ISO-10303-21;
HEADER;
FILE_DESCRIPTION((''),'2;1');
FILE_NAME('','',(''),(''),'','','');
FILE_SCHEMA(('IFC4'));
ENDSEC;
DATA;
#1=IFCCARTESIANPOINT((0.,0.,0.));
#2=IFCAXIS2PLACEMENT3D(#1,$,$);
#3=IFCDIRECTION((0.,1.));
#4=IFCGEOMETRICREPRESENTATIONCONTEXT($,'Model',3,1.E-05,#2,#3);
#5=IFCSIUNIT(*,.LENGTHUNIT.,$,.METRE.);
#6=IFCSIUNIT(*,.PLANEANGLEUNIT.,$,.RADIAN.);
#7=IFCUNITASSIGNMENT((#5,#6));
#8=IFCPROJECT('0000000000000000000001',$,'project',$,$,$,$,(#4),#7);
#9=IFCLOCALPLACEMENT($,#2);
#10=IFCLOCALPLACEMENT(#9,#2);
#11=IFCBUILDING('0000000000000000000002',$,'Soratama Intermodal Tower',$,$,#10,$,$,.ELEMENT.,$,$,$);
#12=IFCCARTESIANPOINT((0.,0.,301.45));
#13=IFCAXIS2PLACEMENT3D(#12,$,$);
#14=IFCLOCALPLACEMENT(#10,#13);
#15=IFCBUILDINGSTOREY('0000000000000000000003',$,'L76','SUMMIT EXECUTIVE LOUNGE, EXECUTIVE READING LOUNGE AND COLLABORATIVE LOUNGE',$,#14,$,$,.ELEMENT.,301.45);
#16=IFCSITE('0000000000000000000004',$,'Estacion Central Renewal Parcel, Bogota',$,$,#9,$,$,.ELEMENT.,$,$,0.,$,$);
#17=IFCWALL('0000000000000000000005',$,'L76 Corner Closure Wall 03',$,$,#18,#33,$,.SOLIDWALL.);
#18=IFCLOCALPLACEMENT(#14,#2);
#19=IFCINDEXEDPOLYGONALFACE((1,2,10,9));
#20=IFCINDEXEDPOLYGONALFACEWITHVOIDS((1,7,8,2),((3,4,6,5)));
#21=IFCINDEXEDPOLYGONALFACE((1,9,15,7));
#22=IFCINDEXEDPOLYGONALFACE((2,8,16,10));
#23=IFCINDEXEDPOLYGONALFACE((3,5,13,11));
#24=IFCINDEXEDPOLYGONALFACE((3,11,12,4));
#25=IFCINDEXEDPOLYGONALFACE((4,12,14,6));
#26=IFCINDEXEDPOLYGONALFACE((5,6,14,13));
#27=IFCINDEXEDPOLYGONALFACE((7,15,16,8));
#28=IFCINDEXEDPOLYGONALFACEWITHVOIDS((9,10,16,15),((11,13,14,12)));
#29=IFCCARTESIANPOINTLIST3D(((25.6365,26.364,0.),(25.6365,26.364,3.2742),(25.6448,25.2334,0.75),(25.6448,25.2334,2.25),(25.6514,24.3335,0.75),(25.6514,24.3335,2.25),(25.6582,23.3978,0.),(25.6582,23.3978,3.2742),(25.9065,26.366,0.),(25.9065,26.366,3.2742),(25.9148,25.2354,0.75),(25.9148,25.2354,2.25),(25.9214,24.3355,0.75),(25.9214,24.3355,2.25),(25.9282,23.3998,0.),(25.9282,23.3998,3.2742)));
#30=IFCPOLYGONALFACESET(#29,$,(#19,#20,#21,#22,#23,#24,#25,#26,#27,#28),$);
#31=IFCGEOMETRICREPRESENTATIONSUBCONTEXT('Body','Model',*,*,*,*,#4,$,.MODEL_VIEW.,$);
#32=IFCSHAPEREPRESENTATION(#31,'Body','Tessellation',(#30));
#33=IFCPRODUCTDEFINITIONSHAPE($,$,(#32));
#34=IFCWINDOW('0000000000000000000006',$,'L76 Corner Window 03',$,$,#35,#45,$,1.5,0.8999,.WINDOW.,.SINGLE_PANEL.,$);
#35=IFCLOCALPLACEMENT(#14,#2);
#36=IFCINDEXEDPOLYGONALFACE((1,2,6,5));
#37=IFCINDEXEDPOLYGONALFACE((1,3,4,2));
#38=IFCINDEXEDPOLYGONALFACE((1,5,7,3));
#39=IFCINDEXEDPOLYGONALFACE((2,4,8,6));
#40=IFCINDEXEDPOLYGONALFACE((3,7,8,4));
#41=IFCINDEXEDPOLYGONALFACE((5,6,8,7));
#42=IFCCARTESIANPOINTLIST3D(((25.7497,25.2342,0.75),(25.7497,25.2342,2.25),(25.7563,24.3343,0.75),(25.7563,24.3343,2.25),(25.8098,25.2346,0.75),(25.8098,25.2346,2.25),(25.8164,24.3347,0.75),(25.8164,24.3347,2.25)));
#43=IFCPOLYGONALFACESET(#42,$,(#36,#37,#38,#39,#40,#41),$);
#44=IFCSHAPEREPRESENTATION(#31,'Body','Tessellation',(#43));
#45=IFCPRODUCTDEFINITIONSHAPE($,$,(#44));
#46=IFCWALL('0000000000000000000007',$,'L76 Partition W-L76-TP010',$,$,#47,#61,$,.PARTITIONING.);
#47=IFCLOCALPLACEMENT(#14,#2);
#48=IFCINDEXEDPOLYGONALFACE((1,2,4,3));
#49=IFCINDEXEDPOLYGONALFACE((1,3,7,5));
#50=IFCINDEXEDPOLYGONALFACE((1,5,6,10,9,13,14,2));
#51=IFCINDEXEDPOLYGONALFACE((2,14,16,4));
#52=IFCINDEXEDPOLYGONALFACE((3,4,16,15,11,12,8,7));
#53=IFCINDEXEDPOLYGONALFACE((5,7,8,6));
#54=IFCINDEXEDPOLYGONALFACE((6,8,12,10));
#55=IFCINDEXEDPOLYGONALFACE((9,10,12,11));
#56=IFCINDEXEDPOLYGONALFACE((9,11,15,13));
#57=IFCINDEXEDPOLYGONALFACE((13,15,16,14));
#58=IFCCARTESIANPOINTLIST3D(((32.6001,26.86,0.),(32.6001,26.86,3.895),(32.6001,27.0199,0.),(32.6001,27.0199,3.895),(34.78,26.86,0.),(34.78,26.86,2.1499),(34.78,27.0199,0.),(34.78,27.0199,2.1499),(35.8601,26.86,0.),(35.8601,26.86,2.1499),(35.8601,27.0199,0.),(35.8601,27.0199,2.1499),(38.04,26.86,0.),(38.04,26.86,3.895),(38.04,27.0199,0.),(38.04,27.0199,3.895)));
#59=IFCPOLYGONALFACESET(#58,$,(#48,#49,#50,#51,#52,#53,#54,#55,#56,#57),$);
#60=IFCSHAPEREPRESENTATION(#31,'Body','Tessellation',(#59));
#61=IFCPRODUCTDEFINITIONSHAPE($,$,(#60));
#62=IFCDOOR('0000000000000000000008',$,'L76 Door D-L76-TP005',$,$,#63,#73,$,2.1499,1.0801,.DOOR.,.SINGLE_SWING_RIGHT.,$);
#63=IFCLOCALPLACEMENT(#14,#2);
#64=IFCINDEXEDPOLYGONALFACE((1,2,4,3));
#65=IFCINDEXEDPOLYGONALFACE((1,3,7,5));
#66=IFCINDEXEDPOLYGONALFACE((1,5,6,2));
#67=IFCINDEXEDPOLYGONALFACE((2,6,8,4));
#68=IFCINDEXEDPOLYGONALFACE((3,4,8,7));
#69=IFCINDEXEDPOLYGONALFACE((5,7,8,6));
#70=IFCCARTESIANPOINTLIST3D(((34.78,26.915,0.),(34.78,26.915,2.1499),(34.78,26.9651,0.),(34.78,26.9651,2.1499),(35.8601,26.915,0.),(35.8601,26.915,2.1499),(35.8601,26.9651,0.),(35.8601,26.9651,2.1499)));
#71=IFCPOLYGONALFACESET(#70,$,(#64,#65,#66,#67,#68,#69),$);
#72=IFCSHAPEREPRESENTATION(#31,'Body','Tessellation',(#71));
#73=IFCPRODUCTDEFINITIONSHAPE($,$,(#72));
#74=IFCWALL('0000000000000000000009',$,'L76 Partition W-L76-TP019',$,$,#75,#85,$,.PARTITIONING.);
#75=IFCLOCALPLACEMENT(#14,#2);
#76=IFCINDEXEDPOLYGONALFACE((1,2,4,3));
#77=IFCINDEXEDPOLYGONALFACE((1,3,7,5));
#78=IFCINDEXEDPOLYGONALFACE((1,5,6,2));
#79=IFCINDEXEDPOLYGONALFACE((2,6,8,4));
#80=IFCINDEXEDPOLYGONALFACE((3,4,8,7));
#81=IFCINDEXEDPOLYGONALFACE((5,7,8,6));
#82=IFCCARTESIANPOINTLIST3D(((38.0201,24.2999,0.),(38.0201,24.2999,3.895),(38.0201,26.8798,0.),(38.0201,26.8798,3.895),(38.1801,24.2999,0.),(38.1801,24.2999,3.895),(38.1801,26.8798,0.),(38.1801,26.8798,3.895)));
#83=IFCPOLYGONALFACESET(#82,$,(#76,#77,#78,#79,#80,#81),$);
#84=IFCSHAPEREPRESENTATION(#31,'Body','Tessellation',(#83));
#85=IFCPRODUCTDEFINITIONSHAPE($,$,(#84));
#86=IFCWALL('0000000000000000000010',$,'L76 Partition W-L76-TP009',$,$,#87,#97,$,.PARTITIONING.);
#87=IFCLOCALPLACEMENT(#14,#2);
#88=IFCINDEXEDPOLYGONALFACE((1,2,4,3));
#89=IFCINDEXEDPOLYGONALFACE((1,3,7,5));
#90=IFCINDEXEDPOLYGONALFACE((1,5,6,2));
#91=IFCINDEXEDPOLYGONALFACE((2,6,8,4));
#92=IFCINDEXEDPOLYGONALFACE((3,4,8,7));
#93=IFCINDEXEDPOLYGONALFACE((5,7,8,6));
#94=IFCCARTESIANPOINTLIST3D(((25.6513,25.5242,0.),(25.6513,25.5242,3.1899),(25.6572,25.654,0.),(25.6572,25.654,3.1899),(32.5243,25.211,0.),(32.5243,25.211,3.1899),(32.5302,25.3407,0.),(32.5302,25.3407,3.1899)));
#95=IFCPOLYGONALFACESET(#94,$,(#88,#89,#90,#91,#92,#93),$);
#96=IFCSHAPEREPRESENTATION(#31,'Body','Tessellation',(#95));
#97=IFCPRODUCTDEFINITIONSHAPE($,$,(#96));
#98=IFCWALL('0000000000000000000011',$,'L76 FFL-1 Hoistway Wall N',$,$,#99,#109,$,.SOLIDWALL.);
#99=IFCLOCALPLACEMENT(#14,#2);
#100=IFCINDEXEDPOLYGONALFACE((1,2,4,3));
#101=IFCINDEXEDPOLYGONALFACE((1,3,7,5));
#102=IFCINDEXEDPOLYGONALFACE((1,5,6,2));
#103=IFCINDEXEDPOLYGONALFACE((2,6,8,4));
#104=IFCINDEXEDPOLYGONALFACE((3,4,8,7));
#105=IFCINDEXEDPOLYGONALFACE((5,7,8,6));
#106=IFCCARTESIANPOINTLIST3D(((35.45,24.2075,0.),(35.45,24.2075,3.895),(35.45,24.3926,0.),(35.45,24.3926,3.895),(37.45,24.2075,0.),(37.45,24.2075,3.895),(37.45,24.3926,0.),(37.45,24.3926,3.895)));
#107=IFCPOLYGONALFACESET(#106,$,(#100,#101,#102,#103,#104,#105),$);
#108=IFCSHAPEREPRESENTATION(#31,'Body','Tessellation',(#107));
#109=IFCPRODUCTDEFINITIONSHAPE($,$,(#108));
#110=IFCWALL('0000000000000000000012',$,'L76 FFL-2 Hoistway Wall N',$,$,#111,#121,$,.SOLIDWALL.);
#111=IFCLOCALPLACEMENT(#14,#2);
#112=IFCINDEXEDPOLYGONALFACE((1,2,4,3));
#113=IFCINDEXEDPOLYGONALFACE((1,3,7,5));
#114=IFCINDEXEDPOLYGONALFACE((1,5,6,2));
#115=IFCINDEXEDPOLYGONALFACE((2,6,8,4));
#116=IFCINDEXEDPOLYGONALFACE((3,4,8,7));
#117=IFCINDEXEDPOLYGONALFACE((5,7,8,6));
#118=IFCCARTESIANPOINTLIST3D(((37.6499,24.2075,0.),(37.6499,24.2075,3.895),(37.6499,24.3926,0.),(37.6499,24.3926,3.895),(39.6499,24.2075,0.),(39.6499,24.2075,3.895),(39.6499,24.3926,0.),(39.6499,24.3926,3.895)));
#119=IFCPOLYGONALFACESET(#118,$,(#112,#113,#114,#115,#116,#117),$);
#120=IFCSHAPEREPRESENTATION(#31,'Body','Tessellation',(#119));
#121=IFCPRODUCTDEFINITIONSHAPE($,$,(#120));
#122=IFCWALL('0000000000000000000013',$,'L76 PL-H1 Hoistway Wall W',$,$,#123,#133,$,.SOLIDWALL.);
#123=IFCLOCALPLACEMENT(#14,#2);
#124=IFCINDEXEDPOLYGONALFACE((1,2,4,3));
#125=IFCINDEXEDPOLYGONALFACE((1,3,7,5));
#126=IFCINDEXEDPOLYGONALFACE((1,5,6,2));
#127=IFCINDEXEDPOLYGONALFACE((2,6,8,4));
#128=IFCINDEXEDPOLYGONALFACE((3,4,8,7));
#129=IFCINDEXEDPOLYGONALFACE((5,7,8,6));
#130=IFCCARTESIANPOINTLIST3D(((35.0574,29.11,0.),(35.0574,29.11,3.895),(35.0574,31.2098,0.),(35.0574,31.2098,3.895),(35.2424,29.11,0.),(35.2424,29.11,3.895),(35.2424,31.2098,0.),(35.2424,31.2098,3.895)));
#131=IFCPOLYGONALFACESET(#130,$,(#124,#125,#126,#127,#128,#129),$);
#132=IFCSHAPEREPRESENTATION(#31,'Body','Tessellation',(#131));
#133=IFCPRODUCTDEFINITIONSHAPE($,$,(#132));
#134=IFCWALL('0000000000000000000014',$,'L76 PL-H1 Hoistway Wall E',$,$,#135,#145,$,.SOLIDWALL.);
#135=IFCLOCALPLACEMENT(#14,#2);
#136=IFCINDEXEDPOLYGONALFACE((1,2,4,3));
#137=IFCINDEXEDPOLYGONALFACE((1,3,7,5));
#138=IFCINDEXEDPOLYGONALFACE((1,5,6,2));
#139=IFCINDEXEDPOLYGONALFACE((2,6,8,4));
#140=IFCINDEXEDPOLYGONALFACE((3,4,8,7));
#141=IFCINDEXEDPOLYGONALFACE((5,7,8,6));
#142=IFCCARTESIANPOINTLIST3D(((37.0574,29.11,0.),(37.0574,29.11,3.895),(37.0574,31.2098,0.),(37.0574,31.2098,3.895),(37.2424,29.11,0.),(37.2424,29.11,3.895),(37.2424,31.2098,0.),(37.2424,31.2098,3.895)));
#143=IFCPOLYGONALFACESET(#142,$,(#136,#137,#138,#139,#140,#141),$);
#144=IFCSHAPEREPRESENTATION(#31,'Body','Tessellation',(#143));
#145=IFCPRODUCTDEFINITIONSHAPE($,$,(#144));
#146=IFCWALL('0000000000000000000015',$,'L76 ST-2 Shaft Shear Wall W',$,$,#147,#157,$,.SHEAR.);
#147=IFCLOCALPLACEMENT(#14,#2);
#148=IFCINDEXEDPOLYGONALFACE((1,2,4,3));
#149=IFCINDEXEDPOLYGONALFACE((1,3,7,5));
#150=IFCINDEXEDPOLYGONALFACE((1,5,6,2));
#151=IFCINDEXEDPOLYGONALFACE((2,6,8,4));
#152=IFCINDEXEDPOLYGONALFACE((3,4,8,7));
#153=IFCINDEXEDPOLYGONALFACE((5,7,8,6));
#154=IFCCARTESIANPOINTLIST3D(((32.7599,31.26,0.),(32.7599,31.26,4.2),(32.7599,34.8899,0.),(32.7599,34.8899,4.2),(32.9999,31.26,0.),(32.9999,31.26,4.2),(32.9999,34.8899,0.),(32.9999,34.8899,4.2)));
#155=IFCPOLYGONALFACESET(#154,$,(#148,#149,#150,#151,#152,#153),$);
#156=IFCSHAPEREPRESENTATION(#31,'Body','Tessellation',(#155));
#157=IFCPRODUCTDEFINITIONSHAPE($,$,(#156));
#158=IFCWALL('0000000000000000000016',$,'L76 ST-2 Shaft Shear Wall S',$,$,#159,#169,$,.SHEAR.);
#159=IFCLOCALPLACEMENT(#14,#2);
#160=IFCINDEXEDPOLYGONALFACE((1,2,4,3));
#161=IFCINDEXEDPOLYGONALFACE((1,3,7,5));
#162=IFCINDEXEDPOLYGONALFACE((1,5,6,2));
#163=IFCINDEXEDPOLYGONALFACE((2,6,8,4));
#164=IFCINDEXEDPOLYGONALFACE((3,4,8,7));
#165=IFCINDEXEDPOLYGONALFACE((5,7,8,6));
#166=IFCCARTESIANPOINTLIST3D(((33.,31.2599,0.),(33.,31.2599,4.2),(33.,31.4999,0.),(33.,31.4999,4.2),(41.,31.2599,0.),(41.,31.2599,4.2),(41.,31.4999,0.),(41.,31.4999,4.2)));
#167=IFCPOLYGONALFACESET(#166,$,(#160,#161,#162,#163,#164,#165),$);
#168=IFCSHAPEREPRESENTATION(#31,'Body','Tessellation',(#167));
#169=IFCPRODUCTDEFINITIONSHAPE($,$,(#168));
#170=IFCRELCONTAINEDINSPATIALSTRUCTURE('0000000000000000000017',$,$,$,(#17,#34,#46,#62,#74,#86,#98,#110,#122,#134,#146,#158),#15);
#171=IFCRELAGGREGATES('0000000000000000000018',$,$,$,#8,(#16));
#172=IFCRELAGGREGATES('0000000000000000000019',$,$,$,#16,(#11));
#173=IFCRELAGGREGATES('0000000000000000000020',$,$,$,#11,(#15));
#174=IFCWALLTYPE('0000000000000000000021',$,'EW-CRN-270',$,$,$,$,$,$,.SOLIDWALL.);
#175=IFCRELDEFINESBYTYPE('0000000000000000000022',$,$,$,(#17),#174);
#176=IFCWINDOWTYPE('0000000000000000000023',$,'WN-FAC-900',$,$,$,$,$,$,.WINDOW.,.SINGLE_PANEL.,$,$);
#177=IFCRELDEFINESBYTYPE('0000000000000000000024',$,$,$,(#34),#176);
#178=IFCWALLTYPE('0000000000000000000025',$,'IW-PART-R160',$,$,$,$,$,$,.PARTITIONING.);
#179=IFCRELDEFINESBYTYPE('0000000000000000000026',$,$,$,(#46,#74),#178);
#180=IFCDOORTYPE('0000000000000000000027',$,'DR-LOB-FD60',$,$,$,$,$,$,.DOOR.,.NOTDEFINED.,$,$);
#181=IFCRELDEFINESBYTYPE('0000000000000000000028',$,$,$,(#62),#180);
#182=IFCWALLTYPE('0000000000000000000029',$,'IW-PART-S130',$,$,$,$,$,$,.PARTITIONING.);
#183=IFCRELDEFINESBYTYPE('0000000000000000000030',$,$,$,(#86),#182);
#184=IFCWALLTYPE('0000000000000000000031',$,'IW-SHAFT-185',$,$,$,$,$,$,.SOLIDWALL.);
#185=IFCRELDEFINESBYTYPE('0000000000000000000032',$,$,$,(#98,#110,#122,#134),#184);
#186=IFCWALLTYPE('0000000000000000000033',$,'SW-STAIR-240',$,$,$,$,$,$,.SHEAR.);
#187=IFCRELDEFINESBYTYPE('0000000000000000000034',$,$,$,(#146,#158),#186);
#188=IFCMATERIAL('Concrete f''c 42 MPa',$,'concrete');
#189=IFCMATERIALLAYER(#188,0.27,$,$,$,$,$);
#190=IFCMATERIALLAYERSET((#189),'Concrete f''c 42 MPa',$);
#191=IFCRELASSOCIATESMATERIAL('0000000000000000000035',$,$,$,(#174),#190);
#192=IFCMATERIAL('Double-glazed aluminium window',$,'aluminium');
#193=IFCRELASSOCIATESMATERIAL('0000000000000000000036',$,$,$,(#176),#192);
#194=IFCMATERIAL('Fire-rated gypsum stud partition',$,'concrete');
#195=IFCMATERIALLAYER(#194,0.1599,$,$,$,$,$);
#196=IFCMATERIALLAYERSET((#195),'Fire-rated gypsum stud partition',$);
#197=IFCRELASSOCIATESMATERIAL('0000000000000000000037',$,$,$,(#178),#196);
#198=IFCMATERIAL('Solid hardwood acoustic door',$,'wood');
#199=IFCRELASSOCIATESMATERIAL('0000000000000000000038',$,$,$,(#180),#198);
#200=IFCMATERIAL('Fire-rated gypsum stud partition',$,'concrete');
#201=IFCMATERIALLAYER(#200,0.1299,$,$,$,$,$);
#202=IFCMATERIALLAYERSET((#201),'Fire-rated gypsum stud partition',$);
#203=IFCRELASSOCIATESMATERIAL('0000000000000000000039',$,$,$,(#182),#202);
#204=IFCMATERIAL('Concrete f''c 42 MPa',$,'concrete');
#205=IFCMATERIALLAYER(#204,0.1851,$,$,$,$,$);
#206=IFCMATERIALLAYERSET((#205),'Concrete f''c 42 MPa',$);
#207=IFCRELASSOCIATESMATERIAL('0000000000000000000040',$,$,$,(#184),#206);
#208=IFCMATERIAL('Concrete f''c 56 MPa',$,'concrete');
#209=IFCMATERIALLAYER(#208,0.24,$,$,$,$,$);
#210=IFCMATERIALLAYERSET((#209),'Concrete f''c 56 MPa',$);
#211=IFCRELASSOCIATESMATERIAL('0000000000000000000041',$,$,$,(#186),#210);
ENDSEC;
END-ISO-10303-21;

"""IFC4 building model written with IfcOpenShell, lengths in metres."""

from ifc_helpers import new_model, si_unit, direction, frame, frame_2d, origin, place, context, subcontext, project, spatial, rectangle, extrude, material, layer, layer_set, type_object, element, fill, save


model = new_model("IFC4")

# Units and contexts
model_context = context("Model", 3, precision=1e-05, world=origin(), true_north=direction((0.0, 1.0)))
body_context = subcontext(model_context, "Body", "Model", "MODEL_VIEW")
ifc_project = project(units=[si_unit("LENGTHUNIT", "METRE"), si_unit("PLANEANGLEUNIT", "RADIAN")], contexts=[model_context])

# Site, building, storey
site_placement = place(None, origin())
site = spatial("IfcSite", under=ifc_project, at=site_placement, Name="Estacion Central Renewal Parcel, Bogota", CompositionType="ELEMENT", RefElevation=0.0)
building_placement = place(site_placement, origin())
building = spatial("IfcBuilding", under=site, at=building_placement, Name="Soratama Intermodal Tower", CompositionType="ELEMENT")
storey_placement = place(building_placement, frame((0.0, 0.0, 301.45)))
storey = spatial("IfcBuildingStorey", under=building, at=storey_placement, Name="L76", Description="SUMMIT EXECUTIVE LOUNGE, EXECUTIVE READING LOUNGE AND COLLABORATIVE LOUNGE", CompositionType="ELEMENT", Elevation=301.45)

# Wall, opening, window
ifc_material_1 = material(Name="Concrete f'c 42 MPa", Category="concrete")
ifc_layer_1 = layer(ifc_material_1, 0.27)
ifc_layer_set_1 = layer_set([ifc_layer_1], Name="Concrete f'c 42 MPa")
wall_type_1 = type_object("IfcWallType", Name="EW-CRN-270", PredefinedType="SOLIDWALL", material=ifc_layer_set_1)
wall_1_placement = place(storey_placement, frame((25.7715, 26.365, 0.0), z_axis=(0.0, 0.0, 1.0), x_axis=(0.007325, -0.999973, 0.0)))
wall_1 = element("IfcWall", 1, at=wall_1_placement, inside=storey, type_object=wall_type_1, Name="L76 Corner Closure Wall 03", PredefinedType="SOLIDWALL", context=body_context, shape_type="SweptSolid", body=[
    extrude(rectangle(XDim=2.9663, YDim=0.27, at=frame_2d((1.4832, 0.0))), origin(), (0.0, 0.0, 1.0), 3.2742),
])
opening_1_placement = place(wall_1_placement, frame((1.1306, 0.0, 0.75)))
opening_1 = element("IfcOpeningElement", 2, at=opening_1_placement, cuts=wall_1, PredefinedType="OPENING", context=body_context, shape_type="SweptSolid", body=[
    extrude(rectangle(XDim=0.8999, YDim=1.5, at=frame_2d((0.45, 0.75))), frame((0.0, 0.145, 0.0), z_axis=(0.0, -1.0, 0.0), x_axis=(1.0, 0.0, 0.0)), (0.0, 0.0, 1.0), 0.29),
])
ifc_material_2 = material(Name="Double-glazed aluminium window", Category="aluminium")
window_type = type_object("IfcWindowType", Name="WN-FAC-900", PartitioningType="SINGLE_PANEL", PredefinedType="WINDOW", material=ifc_material_2)
window_placement = place(opening_1_placement, origin())
window = element("IfcWindow", 3, at=window_placement, inside=storey, type_object=window_type, Name="L76 Corner Window 03", OverallHeight=1.5, OverallWidth=0.8999, PartitioningType="SINGLE_PANEL", PredefinedType="WINDOW", context=body_context, shape_type="SweptSolid", body=[
    extrude(rectangle(XDim=0.8999, YDim=1.5, at=frame_2d((0.45, 0.75))), frame((0.0, 0.03, 0.0), z_axis=(0.0, -1.0, 0.0), x_axis=(1.0, 0.0, 0.0)), (0.0, 0.0, 1.0), 0.0601),
])
fill(opening_1, window)

# Wall, opening, door
ifc_material_3 = material(Name="Fire-rated gypsum stud partition", Category="concrete")
ifc_layer_2 = layer(ifc_material_3, 0.1599)
ifc_layer_set_2 = layer_set([ifc_layer_2], Name="Fire-rated gypsum stud partition")
wall_type_2 = type_object("IfcWallType", Name="IW-PART-R160", PredefinedType="PARTITIONING", material=ifc_layer_set_2)
wall_2_placement = place(storey_placement, frame((38.04, 26.9399, 0.0), z_axis=(0.0, 0.0, 1.0), x_axis=(-1.0, 0.0, 0.0)))
wall_2 = element("IfcWall", 4, at=wall_2_placement, inside=storey, type_object=wall_type_2, Name="L76 Partition W-L76-TP010", PredefinedType="PARTITIONING", context=body_context, shape_type="SweptSolid", body=[
    extrude(rectangle(XDim=5.4399, YDim=0.1599, at=frame_2d((2.72, 0.0))), origin(), (0.0, 0.0, 1.0), 3.895),
])
opening_2_placement = place(wall_2_placement, frame((2.1799, 0.0, 0.0)))
opening_2 = element("IfcOpeningElement", 5, at=opening_2_placement, cuts=wall_2, PredefinedType="OPENING", context=body_context, shape_type="SweptSolid", body=[
    extrude(rectangle(XDim=1.0801, YDim=2.1499, at=frame_2d((0.54, 1.075))), frame((0.0, 0.0898, 0.0), z_axis=(0.0, -1.0, 0.0), x_axis=(1.0, 0.0, 0.0)), (0.0, 0.0, 1.0), 0.1799),
])
ifc_material_4 = material(Name="Solid hardwood acoustic door", Category="wood")
door_type_1 = type_object("IfcDoorType", Name="DR-LOB-FD60", OperationType="NOTDEFINED", PredefinedType="DOOR", material=ifc_material_4)
door_1_placement = place(opening_2_placement, origin())
door_1 = element("IfcDoor", 6, at=door_1_placement, inside=storey, type_object=door_type_1, Name="L76 Door D-L76-TP005", OperationType="SINGLE_SWING_RIGHT", OverallHeight=2.1499, OverallWidth=1.0801, PredefinedType="DOOR", context=body_context, shape_type="SweptSolid", body=[
    extrude(rectangle(XDim=1.0801, YDim=2.1499, at=frame_2d((0.54, 1.075))), frame((0.0, 0.0249, 0.0), z_axis=(0.0, -1.0, 0.0), x_axis=(1.0, 0.0, 0.0)), (0.0, 0.0, 1.0), 0.05),
])
fill(opening_2, door_1)

# Walls
wall_3_placement = place(storey_placement, frame((38.1001, 26.8799, 0.0), z_axis=(0.0, 0.0, 1.0), x_axis=(0.0, -1.0, 0.0)))
element("IfcWall", 7, at=wall_3_placement, inside=storey, type_object=wall_type_2, Name="L76 Partition W-L76-TP019", PredefinedType="PARTITIONING", context=body_context, shape_type="SweptSolid", body=[
    extrude(rectangle(XDim=2.5798, YDim=0.1599, at=frame_2d((1.29, 0.0))), origin(), (0.0, 0.0, 1.0), 3.895),
])
ifc_material_5 = material(Name="Fire-rated gypsum stud partition", Category="concrete")
ifc_layer_3 = layer(ifc_material_5, 0.1299)
ifc_layer_set_3 = layer_set([ifc_layer_3], Name="Fire-rated gypsum stud partition")
wall_type_3 = type_object("IfcWallType", Name="IW-PART-S130", PredefinedType="PARTITIONING", material=ifc_layer_set_3)
wall_4_placement = place(storey_placement, frame((32.5271, 25.2759, 0.0), z_axis=(0.0, 0.0, 1.0), x_axis=(-0.998963, 0.045527, 0.0)))
element("IfcWall", 8, at=wall_4_placement, inside=storey, type_object=wall_type_3, Name="L76 Partition W-L76-TP009", PredefinedType="PARTITIONING", context=body_context, shape_type="SweptSolid", body=[
    extrude(rectangle(XDim=6.8801, YDim=0.1299, at=frame_2d((3.4399, 0.0))), origin(), (0.0, 0.0, 1.0), 3.1899),
])
ifc_material_6 = material(Name="Concrete f'c 42 MPa", Category="concrete")
ifc_layer_4 = layer(ifc_material_6, 0.1851)
ifc_layer_set_4 = layer_set([ifc_layer_4], Name="Concrete f'c 42 MPa")
wall_type_4 = type_object("IfcWallType", Name="IW-SHAFT-185", PredefinedType="SOLIDWALL", material=ifc_layer_set_4)
for number, where, z_axis, x_axis, name in (
    (9, (35.45, 24.3, 0.0), (0.0, 0.0, 1.0), (1.0, 0.0, 0.0), "L76 FFL-1 Hoistway Wall N"),
    (10, (37.6499, 24.3, 0.0), (0.0, 0.0, 1.0), (1.0, 0.0, 0.0), "L76 FFL-2 Hoistway Wall N"),
):
    element("IfcWall", number, at=place(storey_placement, frame(where, z_axis=z_axis, x_axis=x_axis)), inside=storey, type_object=wall_type_4, Name=name, PredefinedType="SOLIDWALL", context=body_context, shape_type="SweptSolid", body=[
        extrude(rectangle(XDim=2.0, YDim=0.1851, at=frame_2d((1.0, 0.0))), origin(), (0.0, 0.0, 1.0), 3.895),
    ])

# Walls
for number, where, z_axis, x_axis, name in (
    (11, (35.1499, 29.1101, 0.0), (0.0, 0.0, 1.0), (0.0, 1.0, 0.0), "L76 PL-H1 Hoistway Wall W"),
    (12, (37.1499, 29.1101, 0.0), (0.0, 0.0, 1.0), (0.0, 1.0, 0.0), "L76 PL-H1 Hoistway Wall E"),
):
    element("IfcWall", number, at=place(storey_placement, frame(where, z_axis=z_axis, x_axis=x_axis)), inside=storey, type_object=wall_type_4, Name=name, PredefinedType="SOLIDWALL", context=body_context, shape_type="SweptSolid", body=[
        extrude(rectangle(XDim=2.0999, YDim=0.1851, at=frame_2d((1.0498, 0.0))), origin(), (0.0, 0.0, 1.0), 3.895),
    ])

# Walls
ifc_material_7 = material(Name="Concrete f'c 56 MPa", Category="concrete")
ifc_layer_5 = layer(ifc_material_7, 0.24)
ifc_layer_set_5 = layer_set([ifc_layer_5], Name="Concrete f'c 56 MPa")
wall_type_5 = type_object("IfcWallType", Name="SW-STAIR-240", PredefinedType="SHEAR", material=ifc_layer_set_5)
wall_5_placement = place(storey_placement, frame((32.8799, 31.26, 0.0), z_axis=(0.0, 0.0, 1.0), x_axis=(0.0, 1.0, 0.0)))
element("IfcWall", 13, at=wall_5_placement, inside=storey, type_object=wall_type_5, Name="L76 ST-2 Shaft Shear Wall W", PredefinedType="SHEAR", context=body_context, shape_type="SweptSolid", body=[
    extrude(rectangle(XDim=3.6299, YDim=0.24, at=frame_2d((1.8149, 0.0))), origin(), (0.0, 0.0, 1.0), 4.2),
])
wall_6_placement = place(storey_placement, frame((33.0, 31.3799, 0.0), z_axis=(0.0, 0.0, 1.0), x_axis=(1.0, 0.0, 0.0)))
element("IfcWall", 14, at=wall_6_placement, inside=storey, type_object=wall_type_5, Name="L76 ST-2 Shaft Shear Wall S", PredefinedType="SHEAR", context=body_context, shape_type="SweptSolid", body=[
    extrude(rectangle(XDim=8.0, YDim=0.24, at=frame_2d((4.0, 0.0))), origin(), (0.0, 0.0, 1.0), 4.2),
])

save(model, "model.ifc")
